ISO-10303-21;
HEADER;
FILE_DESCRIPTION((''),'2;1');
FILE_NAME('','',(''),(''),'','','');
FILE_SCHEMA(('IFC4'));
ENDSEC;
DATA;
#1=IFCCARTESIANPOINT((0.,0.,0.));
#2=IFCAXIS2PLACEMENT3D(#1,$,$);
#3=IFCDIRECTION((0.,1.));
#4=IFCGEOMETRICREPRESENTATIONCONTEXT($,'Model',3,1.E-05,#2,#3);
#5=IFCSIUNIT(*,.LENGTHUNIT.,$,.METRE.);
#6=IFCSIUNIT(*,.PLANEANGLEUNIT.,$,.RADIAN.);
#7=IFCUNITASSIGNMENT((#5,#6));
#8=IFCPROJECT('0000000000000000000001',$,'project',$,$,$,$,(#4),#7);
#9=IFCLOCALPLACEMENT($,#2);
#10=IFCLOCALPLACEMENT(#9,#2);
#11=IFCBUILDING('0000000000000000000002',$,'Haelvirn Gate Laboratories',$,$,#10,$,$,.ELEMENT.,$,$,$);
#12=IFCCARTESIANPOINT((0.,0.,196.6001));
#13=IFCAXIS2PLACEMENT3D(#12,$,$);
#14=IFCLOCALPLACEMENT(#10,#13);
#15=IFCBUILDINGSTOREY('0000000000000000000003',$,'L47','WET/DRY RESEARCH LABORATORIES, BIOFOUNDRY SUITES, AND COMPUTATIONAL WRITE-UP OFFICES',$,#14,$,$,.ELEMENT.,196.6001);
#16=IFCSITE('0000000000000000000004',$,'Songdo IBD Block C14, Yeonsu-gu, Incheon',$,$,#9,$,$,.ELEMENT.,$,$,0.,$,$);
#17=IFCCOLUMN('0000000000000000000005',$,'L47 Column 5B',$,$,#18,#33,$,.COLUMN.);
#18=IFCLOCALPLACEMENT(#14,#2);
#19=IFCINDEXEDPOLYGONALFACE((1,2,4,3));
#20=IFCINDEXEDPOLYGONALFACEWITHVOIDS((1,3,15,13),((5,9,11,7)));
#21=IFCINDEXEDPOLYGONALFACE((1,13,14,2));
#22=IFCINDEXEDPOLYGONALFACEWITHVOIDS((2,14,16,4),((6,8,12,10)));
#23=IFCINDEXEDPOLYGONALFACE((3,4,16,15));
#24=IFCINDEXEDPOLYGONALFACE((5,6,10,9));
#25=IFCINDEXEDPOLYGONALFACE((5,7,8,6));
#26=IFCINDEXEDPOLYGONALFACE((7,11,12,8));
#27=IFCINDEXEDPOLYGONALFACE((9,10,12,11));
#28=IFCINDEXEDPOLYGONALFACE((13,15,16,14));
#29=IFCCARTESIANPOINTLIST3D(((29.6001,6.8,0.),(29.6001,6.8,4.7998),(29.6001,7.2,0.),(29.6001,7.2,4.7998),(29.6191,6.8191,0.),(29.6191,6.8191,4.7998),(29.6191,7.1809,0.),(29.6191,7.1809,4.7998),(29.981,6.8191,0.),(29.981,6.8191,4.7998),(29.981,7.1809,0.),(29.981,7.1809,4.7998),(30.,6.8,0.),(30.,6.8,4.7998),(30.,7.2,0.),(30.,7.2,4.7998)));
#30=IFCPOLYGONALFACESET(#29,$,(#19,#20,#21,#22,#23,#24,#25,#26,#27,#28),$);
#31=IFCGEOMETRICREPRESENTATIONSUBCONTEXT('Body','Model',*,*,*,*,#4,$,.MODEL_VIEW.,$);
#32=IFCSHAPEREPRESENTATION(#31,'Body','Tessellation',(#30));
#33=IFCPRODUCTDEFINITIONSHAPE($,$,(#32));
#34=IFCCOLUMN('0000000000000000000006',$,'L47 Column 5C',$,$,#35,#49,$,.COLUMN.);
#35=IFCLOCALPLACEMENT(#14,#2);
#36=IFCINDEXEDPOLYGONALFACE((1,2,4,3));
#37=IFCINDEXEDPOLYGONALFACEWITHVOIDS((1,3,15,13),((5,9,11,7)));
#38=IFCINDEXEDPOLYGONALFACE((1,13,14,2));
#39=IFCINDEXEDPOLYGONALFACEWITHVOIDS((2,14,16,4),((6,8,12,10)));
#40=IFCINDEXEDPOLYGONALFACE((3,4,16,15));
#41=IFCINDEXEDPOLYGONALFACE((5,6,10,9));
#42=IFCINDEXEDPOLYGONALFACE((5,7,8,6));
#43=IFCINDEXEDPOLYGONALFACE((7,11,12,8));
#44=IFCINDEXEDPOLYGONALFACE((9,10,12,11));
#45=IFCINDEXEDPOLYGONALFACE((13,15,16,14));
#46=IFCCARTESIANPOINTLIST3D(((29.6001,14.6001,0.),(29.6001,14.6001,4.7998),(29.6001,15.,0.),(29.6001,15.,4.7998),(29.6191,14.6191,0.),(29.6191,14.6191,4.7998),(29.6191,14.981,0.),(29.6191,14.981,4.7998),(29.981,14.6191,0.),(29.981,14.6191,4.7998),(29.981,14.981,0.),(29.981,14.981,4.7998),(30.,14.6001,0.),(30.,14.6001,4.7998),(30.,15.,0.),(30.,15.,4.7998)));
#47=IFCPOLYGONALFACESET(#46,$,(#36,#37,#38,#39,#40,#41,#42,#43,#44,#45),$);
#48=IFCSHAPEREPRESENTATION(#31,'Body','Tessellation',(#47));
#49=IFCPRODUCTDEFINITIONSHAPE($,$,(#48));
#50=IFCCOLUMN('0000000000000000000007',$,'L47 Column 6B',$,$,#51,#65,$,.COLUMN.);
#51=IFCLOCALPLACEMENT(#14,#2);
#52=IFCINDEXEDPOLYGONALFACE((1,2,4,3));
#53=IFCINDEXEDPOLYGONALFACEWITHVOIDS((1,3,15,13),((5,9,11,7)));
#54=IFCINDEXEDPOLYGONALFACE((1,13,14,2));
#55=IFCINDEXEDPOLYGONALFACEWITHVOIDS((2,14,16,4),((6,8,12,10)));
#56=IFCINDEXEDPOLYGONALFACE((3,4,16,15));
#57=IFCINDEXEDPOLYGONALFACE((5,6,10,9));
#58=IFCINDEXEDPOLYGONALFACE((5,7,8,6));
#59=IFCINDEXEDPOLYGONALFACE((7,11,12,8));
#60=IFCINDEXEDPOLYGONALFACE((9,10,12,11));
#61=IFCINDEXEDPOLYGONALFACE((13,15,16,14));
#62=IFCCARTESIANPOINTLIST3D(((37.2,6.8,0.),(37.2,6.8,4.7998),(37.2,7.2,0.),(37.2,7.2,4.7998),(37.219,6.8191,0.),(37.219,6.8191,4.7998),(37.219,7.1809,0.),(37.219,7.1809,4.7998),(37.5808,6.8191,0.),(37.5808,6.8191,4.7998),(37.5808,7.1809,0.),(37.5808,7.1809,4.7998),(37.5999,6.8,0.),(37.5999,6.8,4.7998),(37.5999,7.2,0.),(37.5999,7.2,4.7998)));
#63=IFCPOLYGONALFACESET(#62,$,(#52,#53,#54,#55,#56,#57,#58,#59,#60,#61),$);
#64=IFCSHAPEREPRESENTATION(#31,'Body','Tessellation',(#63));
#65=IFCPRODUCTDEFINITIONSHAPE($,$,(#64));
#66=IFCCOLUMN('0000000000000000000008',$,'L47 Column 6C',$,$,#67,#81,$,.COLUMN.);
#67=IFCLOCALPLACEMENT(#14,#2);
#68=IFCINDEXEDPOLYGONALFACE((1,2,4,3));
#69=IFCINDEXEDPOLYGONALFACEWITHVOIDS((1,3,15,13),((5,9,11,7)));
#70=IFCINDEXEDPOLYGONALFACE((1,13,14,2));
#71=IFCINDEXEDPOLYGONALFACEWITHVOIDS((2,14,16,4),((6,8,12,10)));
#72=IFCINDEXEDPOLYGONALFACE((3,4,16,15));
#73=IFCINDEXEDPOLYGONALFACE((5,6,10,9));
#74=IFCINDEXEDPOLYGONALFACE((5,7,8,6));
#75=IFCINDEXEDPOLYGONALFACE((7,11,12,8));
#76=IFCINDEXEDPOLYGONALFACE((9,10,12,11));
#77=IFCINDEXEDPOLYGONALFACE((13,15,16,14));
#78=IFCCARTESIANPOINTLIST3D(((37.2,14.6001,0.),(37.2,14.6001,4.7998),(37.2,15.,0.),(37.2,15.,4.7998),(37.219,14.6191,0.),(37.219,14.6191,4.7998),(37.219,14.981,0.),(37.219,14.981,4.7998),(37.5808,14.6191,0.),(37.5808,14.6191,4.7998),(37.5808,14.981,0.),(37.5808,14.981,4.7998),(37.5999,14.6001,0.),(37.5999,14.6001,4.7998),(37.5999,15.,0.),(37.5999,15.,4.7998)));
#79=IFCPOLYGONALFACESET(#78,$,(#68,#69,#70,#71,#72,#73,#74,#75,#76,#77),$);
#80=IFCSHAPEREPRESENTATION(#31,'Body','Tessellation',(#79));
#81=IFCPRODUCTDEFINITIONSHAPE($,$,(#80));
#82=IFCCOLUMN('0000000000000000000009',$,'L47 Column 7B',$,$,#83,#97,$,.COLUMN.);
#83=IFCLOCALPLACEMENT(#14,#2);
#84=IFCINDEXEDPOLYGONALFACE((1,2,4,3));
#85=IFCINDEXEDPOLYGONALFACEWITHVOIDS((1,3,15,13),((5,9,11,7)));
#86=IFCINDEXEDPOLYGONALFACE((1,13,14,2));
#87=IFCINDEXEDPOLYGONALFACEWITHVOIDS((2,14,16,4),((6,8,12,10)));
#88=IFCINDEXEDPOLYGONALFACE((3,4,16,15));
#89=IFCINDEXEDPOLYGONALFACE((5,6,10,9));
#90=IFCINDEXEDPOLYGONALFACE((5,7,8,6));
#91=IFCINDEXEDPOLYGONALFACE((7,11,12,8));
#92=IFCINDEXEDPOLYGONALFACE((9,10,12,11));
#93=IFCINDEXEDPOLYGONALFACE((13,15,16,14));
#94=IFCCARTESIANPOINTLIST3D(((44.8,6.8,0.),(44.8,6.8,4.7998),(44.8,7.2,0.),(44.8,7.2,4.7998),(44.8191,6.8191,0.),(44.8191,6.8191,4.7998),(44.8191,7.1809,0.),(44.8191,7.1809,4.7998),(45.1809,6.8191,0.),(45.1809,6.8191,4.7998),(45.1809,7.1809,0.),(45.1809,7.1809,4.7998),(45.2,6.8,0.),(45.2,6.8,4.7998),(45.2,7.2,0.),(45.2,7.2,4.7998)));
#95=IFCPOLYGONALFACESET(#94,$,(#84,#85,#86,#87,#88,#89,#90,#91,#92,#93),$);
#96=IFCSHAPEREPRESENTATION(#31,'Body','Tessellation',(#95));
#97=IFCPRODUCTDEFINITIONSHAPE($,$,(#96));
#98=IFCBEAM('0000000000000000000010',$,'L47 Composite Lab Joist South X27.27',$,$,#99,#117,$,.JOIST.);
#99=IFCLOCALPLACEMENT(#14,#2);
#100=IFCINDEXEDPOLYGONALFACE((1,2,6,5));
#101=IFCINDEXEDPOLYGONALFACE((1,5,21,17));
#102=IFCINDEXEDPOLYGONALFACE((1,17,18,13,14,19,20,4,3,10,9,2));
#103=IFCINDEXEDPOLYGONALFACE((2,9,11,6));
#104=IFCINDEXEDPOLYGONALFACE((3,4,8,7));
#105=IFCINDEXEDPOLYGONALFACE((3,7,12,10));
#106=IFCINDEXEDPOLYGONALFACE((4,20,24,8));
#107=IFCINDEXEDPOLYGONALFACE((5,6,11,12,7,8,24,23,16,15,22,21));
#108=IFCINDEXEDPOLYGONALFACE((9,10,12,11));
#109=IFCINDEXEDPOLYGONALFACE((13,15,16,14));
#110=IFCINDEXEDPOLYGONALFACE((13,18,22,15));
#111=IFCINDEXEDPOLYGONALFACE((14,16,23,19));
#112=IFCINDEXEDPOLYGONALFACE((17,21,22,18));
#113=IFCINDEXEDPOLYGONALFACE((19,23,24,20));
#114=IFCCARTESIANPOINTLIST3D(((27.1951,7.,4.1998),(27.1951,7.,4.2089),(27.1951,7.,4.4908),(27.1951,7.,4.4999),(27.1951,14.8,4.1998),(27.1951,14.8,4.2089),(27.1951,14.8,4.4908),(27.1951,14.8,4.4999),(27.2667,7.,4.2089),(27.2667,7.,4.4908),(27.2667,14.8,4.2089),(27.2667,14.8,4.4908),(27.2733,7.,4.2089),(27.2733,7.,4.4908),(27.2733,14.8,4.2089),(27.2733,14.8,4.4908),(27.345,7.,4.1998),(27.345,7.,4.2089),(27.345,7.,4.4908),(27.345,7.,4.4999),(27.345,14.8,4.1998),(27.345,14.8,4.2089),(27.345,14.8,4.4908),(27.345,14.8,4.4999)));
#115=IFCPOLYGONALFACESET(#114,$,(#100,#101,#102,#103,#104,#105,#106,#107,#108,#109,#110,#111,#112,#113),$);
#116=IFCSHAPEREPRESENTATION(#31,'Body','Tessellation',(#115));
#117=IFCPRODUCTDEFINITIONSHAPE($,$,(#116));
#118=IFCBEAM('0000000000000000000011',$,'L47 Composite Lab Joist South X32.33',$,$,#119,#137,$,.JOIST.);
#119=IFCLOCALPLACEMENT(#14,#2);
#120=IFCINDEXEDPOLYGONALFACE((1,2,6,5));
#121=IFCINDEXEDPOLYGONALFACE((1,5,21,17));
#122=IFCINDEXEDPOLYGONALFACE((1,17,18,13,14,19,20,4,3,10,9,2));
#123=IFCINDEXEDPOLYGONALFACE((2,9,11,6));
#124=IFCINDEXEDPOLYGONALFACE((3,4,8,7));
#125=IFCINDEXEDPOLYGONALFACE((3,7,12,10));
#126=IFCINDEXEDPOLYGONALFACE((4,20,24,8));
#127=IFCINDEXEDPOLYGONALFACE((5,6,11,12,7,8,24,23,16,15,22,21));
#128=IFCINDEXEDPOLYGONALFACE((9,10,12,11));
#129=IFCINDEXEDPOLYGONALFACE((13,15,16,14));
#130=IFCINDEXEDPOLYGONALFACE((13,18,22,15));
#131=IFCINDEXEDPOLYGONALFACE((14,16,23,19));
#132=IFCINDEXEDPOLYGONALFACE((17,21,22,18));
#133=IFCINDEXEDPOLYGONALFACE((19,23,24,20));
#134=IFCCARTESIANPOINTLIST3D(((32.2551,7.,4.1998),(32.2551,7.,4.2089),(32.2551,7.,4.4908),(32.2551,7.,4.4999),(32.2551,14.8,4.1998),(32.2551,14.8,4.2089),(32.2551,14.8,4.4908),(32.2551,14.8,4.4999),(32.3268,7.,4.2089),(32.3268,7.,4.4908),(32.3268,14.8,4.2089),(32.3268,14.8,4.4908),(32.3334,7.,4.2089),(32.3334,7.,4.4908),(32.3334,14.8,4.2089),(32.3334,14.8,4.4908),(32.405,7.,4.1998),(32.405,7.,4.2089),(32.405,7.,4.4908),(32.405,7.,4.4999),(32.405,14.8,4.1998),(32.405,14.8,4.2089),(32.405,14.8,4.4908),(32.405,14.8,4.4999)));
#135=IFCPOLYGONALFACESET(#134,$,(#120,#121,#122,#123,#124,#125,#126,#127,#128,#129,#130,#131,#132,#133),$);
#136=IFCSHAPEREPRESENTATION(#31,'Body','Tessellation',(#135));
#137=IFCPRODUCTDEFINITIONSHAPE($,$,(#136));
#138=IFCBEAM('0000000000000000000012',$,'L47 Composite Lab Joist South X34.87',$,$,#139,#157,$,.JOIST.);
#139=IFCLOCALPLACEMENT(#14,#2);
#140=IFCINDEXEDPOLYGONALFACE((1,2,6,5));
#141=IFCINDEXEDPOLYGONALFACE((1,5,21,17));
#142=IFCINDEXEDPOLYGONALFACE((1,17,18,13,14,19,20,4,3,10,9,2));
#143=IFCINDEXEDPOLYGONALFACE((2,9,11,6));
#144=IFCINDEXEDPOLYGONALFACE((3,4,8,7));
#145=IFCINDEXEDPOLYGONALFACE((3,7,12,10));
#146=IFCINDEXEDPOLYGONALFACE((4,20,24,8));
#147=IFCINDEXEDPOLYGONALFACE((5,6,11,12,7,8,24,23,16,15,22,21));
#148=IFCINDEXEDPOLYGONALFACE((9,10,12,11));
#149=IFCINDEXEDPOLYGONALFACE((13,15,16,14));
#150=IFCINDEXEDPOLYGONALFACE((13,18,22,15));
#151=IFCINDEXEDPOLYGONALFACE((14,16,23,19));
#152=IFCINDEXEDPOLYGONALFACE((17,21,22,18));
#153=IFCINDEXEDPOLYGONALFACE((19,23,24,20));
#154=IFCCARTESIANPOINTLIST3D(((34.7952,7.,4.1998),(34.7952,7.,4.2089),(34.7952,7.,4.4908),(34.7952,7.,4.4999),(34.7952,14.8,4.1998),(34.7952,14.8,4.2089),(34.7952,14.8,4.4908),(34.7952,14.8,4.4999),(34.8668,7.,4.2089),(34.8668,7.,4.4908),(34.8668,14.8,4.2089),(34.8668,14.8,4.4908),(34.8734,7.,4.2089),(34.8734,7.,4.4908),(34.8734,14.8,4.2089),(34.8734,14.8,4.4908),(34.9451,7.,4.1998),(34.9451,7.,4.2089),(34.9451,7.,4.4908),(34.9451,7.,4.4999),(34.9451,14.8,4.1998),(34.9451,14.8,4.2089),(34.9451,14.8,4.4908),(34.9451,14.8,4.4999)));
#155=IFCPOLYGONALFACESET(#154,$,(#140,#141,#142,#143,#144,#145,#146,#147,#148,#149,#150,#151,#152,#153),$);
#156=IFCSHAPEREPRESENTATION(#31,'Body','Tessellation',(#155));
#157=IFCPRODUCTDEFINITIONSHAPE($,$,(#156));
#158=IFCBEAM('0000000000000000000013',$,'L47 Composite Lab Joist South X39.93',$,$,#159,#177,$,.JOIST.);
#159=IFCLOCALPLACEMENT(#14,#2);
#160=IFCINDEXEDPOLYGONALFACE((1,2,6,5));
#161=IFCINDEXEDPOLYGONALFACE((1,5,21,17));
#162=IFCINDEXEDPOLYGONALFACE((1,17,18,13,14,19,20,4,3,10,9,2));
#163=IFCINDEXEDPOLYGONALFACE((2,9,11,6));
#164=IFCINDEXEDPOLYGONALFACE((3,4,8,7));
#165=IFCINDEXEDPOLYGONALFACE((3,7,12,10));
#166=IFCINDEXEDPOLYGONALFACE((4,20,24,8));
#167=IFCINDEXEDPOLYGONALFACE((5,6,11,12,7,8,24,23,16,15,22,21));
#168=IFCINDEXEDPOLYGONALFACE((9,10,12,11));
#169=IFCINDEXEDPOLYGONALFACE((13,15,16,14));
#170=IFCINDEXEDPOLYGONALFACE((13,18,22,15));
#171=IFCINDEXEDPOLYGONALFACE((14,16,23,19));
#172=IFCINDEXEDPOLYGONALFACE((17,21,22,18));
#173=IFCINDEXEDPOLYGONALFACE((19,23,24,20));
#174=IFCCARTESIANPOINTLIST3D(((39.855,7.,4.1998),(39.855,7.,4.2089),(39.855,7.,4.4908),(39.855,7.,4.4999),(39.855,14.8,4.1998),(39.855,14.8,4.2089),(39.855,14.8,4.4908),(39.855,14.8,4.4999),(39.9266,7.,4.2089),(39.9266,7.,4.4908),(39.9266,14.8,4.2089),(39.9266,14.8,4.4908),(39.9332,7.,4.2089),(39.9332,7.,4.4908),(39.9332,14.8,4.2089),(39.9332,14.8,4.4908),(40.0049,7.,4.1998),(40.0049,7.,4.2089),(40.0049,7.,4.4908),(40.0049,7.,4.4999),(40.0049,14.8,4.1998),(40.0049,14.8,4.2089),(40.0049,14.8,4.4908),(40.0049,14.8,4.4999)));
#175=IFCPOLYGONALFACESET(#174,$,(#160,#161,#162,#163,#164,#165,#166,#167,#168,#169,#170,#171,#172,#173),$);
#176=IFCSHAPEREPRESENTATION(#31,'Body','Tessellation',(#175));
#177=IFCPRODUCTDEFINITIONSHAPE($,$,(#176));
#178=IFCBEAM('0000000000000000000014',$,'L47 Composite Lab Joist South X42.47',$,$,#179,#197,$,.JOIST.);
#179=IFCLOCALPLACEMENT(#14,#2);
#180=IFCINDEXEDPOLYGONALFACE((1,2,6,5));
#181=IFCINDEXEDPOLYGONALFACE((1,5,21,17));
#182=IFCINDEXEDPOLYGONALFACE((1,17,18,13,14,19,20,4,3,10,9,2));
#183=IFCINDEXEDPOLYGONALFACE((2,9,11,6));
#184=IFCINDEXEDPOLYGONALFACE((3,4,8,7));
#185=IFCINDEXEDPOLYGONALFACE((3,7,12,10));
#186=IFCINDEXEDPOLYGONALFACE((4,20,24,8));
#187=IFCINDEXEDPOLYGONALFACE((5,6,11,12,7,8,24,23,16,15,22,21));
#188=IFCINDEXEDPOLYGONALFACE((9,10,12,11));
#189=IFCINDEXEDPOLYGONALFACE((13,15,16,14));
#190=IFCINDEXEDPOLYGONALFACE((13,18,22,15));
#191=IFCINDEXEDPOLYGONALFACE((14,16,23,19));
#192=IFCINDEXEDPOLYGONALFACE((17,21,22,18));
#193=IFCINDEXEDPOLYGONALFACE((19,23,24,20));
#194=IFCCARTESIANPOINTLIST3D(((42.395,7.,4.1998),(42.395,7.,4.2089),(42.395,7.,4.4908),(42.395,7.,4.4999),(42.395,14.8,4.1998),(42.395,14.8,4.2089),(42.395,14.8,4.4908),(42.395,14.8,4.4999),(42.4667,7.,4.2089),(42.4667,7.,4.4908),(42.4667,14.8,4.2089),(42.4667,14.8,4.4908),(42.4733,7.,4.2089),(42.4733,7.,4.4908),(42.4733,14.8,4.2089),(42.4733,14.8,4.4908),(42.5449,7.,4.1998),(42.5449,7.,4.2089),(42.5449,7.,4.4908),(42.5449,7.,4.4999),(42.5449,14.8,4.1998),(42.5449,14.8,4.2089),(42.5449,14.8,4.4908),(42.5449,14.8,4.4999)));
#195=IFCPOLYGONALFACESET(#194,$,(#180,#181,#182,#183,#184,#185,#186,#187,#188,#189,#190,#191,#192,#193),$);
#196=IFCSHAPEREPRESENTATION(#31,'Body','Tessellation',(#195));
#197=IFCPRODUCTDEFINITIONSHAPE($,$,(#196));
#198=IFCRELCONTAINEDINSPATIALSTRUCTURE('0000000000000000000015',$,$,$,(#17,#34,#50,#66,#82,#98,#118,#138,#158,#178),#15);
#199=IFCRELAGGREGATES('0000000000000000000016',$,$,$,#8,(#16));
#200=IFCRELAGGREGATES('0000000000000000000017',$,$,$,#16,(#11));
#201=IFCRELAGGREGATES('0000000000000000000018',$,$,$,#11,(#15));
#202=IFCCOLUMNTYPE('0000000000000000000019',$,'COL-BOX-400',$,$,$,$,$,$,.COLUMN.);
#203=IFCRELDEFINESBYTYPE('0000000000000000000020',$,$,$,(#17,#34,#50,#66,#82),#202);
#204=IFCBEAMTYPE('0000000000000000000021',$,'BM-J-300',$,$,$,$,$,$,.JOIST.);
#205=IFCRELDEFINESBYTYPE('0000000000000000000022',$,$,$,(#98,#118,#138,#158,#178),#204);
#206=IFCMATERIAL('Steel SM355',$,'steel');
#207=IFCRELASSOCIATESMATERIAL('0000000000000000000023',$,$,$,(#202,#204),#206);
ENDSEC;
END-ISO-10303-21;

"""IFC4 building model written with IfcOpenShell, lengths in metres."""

from ifc_helpers import new_model, si_unit, direction, frame, origin, origin_2d, place, context, subcontext, project, spatial, hollow_rectangle, i_section, extrude, source, transform, mapped, material, material_profile, profile_set, type_object, type_shapes, element, save


model = new_model("IFC4")

# Units and contexts
model_context = context("Model", 3, precision=1e-05, world=origin(), true_north=direction((0.0, 1.0)))
body_context = subcontext(model_context, "Body", "Model", "MODEL_VIEW")
ifc_project = project(units=[si_unit("LENGTHUNIT", "METRE"), si_unit("PLANEANGLEUNIT", "RADIAN")], contexts=[model_context])

# Site, building, storey
site_placement = place(None, origin())
site = spatial("IfcSite", under=ifc_project, at=site_placement, Name="Songdo IBD Block C14, Yeonsu-gu, Incheon", CompositionType="ELEMENT", RefElevation=0.0)
building_placement = place(site_placement, origin())
building = spatial("IfcBuilding", under=site, at=building_placement, Name="Haelvirn Gate Laboratories", CompositionType="ELEMENT")
storey_placement = place(building_placement, frame((0.0, 0.0, 196.6001)))
storey = spatial("IfcBuildingStorey", under=building, at=storey_placement, Name="L47", Description="WET/DRY RESEARCH LABORATORIES, BIOFOUNDRY SUITES, AND COMPUTATIONAL WRITE-UP OFFICES", CompositionType="ELEMENT", Elevation=196.6001)

# Columns
ifc_material_1 = material(Name="Steel SM355", Category="steel")
ifc_material_profile_1 = material_profile(ifc_material_1, hollow_rectangle(XDim=0.3999, YDim=0.3999, WallThickness=0.019, at=origin_2d()), Name="BOX-400x400x19")
ifc_profile_set_1 = profile_set([ifc_material_profile_1], Name="Steel SM355")
column_type = type_object("IfcColumnType", Name="COL-BOX-400", PredefinedType="COLUMN", material=ifc_profile_set_1)
shared_shape_1 = source(origin(), body_context, "Body", "SweptSolid", [
    extrude(hollow_rectangle(XDim=0.3999, YDim=0.3999, WallThickness=0.019, at=origin_2d()), origin(), (0.0, 0.0, 1.0), 4.7998),
])
type_shapes(column_type, [shared_shape_1])
for number, where, z_axis, x_axis, name in (
    (1, (29.8, 7.0, 0.0), (0.0, 0.0, 1.0), (1.0, 0.0, 0.0), "L47 Column 5B"),
    (2, (29.8, 14.8, 0.0), (0.0, 0.0, 1.0), (1.0, 0.0, 0.0), "L47 Column 5C"),
    (3, (37.3999, 7.0, 0.0), (0.0, 0.0, 1.0), (1.0, 0.0, 0.0), "L47 Column 6B"),
    (4, (37.3999, 14.8, 0.0), (0.0, 0.0, 1.0), (1.0, 0.0, 0.0), "L47 Column 6C"),
    (5, (45.0, 7.0, 0.0), (0.0, 0.0, 1.0), (1.0, 0.0, 0.0), "L47 Column 7B"),
):
    element("IfcColumn", number, at=place(storey_placement, frame(where, z_axis=z_axis, x_axis=x_axis)), inside=storey, type_object=column_type, Name=name, PredefinedType="COLUMN", context=body_context, shape_type="MappedRepresentation", body=[
        mapped(shared_shape_1, transform((0.0, 0.0, 0.0), scale=1.0)),
    ])

# Beams
ifc_material_profile_2 = material_profile(ifc_material_1, i_section(OverallWidth=0.1499, OverallDepth=0.3, WebThickness=0.0066, FlangeThickness=0.009, at=origin_2d()), Name="H-300x150x6.5x9")
ifc_profile_set_2 = profile_set([ifc_material_profile_2], Name="Steel SM355")
beam_type_1 = type_object("IfcBeamType", Name="BM-J-300", PredefinedType="JOIST", material=ifc_profile_set_2)
shared_shape_2 = source(origin(), body_context, "Body", "SweptSolid", [
    extrude(i_section(OverallWidth=0.1499, OverallDepth=0.3, WebThickness=0.0066, FlangeThickness=0.009, at=origin_2d()), origin(), (0.0, 0.0, 1.0), 7.8),
])
type_shapes(beam_type_1, [shared_shape_2])
for number, where, z_axis, x_axis, name in (
    (6, (27.27, 7.0, 4.3499), (0.0, 1.0, 0.0), (-1.0, 0.0, 0.0), "L47 Composite Lab Joist South X27.27"),
    (7, (32.3301, 7.0, 4.3499), (0.0, 1.0, 0.0), (-1.0, 0.0, 0.0), "L47 Composite Lab Joist South X32.33"),
    (8, (34.8701, 7.0, 4.3499), (0.0, 1.0, 0.0), (-1.0, 0.0, 0.0), "L47 Composite Lab Joist South X34.87"),
    (9, (39.9299, 7.0, 4.3499), (0.0, 1.0, 0.0), (-1.0, 0.0, 0.0), "L47 Composite Lab Joist South X39.93"),
    (10, (42.47, 7.0, 4.3499), (0.0, 1.0, 0.0), (-1.0, 0.0, 0.0), "L47 Composite Lab Joist South X42.47"),
):
    element("IfcBeam", number, at=place(storey_placement, frame(where, z_axis=z_axis, x_axis=x_axis)), inside=storey, type_object=beam_type_1, Name=name, PredefinedType="JOIST", context=body_context, shape_type="MappedRepresentation", body=[
        mapped(shared_shape_2, transform((0.0, 0.0, 0.0), scale=1.0)),
    ])

save(model, "model.ifc")
